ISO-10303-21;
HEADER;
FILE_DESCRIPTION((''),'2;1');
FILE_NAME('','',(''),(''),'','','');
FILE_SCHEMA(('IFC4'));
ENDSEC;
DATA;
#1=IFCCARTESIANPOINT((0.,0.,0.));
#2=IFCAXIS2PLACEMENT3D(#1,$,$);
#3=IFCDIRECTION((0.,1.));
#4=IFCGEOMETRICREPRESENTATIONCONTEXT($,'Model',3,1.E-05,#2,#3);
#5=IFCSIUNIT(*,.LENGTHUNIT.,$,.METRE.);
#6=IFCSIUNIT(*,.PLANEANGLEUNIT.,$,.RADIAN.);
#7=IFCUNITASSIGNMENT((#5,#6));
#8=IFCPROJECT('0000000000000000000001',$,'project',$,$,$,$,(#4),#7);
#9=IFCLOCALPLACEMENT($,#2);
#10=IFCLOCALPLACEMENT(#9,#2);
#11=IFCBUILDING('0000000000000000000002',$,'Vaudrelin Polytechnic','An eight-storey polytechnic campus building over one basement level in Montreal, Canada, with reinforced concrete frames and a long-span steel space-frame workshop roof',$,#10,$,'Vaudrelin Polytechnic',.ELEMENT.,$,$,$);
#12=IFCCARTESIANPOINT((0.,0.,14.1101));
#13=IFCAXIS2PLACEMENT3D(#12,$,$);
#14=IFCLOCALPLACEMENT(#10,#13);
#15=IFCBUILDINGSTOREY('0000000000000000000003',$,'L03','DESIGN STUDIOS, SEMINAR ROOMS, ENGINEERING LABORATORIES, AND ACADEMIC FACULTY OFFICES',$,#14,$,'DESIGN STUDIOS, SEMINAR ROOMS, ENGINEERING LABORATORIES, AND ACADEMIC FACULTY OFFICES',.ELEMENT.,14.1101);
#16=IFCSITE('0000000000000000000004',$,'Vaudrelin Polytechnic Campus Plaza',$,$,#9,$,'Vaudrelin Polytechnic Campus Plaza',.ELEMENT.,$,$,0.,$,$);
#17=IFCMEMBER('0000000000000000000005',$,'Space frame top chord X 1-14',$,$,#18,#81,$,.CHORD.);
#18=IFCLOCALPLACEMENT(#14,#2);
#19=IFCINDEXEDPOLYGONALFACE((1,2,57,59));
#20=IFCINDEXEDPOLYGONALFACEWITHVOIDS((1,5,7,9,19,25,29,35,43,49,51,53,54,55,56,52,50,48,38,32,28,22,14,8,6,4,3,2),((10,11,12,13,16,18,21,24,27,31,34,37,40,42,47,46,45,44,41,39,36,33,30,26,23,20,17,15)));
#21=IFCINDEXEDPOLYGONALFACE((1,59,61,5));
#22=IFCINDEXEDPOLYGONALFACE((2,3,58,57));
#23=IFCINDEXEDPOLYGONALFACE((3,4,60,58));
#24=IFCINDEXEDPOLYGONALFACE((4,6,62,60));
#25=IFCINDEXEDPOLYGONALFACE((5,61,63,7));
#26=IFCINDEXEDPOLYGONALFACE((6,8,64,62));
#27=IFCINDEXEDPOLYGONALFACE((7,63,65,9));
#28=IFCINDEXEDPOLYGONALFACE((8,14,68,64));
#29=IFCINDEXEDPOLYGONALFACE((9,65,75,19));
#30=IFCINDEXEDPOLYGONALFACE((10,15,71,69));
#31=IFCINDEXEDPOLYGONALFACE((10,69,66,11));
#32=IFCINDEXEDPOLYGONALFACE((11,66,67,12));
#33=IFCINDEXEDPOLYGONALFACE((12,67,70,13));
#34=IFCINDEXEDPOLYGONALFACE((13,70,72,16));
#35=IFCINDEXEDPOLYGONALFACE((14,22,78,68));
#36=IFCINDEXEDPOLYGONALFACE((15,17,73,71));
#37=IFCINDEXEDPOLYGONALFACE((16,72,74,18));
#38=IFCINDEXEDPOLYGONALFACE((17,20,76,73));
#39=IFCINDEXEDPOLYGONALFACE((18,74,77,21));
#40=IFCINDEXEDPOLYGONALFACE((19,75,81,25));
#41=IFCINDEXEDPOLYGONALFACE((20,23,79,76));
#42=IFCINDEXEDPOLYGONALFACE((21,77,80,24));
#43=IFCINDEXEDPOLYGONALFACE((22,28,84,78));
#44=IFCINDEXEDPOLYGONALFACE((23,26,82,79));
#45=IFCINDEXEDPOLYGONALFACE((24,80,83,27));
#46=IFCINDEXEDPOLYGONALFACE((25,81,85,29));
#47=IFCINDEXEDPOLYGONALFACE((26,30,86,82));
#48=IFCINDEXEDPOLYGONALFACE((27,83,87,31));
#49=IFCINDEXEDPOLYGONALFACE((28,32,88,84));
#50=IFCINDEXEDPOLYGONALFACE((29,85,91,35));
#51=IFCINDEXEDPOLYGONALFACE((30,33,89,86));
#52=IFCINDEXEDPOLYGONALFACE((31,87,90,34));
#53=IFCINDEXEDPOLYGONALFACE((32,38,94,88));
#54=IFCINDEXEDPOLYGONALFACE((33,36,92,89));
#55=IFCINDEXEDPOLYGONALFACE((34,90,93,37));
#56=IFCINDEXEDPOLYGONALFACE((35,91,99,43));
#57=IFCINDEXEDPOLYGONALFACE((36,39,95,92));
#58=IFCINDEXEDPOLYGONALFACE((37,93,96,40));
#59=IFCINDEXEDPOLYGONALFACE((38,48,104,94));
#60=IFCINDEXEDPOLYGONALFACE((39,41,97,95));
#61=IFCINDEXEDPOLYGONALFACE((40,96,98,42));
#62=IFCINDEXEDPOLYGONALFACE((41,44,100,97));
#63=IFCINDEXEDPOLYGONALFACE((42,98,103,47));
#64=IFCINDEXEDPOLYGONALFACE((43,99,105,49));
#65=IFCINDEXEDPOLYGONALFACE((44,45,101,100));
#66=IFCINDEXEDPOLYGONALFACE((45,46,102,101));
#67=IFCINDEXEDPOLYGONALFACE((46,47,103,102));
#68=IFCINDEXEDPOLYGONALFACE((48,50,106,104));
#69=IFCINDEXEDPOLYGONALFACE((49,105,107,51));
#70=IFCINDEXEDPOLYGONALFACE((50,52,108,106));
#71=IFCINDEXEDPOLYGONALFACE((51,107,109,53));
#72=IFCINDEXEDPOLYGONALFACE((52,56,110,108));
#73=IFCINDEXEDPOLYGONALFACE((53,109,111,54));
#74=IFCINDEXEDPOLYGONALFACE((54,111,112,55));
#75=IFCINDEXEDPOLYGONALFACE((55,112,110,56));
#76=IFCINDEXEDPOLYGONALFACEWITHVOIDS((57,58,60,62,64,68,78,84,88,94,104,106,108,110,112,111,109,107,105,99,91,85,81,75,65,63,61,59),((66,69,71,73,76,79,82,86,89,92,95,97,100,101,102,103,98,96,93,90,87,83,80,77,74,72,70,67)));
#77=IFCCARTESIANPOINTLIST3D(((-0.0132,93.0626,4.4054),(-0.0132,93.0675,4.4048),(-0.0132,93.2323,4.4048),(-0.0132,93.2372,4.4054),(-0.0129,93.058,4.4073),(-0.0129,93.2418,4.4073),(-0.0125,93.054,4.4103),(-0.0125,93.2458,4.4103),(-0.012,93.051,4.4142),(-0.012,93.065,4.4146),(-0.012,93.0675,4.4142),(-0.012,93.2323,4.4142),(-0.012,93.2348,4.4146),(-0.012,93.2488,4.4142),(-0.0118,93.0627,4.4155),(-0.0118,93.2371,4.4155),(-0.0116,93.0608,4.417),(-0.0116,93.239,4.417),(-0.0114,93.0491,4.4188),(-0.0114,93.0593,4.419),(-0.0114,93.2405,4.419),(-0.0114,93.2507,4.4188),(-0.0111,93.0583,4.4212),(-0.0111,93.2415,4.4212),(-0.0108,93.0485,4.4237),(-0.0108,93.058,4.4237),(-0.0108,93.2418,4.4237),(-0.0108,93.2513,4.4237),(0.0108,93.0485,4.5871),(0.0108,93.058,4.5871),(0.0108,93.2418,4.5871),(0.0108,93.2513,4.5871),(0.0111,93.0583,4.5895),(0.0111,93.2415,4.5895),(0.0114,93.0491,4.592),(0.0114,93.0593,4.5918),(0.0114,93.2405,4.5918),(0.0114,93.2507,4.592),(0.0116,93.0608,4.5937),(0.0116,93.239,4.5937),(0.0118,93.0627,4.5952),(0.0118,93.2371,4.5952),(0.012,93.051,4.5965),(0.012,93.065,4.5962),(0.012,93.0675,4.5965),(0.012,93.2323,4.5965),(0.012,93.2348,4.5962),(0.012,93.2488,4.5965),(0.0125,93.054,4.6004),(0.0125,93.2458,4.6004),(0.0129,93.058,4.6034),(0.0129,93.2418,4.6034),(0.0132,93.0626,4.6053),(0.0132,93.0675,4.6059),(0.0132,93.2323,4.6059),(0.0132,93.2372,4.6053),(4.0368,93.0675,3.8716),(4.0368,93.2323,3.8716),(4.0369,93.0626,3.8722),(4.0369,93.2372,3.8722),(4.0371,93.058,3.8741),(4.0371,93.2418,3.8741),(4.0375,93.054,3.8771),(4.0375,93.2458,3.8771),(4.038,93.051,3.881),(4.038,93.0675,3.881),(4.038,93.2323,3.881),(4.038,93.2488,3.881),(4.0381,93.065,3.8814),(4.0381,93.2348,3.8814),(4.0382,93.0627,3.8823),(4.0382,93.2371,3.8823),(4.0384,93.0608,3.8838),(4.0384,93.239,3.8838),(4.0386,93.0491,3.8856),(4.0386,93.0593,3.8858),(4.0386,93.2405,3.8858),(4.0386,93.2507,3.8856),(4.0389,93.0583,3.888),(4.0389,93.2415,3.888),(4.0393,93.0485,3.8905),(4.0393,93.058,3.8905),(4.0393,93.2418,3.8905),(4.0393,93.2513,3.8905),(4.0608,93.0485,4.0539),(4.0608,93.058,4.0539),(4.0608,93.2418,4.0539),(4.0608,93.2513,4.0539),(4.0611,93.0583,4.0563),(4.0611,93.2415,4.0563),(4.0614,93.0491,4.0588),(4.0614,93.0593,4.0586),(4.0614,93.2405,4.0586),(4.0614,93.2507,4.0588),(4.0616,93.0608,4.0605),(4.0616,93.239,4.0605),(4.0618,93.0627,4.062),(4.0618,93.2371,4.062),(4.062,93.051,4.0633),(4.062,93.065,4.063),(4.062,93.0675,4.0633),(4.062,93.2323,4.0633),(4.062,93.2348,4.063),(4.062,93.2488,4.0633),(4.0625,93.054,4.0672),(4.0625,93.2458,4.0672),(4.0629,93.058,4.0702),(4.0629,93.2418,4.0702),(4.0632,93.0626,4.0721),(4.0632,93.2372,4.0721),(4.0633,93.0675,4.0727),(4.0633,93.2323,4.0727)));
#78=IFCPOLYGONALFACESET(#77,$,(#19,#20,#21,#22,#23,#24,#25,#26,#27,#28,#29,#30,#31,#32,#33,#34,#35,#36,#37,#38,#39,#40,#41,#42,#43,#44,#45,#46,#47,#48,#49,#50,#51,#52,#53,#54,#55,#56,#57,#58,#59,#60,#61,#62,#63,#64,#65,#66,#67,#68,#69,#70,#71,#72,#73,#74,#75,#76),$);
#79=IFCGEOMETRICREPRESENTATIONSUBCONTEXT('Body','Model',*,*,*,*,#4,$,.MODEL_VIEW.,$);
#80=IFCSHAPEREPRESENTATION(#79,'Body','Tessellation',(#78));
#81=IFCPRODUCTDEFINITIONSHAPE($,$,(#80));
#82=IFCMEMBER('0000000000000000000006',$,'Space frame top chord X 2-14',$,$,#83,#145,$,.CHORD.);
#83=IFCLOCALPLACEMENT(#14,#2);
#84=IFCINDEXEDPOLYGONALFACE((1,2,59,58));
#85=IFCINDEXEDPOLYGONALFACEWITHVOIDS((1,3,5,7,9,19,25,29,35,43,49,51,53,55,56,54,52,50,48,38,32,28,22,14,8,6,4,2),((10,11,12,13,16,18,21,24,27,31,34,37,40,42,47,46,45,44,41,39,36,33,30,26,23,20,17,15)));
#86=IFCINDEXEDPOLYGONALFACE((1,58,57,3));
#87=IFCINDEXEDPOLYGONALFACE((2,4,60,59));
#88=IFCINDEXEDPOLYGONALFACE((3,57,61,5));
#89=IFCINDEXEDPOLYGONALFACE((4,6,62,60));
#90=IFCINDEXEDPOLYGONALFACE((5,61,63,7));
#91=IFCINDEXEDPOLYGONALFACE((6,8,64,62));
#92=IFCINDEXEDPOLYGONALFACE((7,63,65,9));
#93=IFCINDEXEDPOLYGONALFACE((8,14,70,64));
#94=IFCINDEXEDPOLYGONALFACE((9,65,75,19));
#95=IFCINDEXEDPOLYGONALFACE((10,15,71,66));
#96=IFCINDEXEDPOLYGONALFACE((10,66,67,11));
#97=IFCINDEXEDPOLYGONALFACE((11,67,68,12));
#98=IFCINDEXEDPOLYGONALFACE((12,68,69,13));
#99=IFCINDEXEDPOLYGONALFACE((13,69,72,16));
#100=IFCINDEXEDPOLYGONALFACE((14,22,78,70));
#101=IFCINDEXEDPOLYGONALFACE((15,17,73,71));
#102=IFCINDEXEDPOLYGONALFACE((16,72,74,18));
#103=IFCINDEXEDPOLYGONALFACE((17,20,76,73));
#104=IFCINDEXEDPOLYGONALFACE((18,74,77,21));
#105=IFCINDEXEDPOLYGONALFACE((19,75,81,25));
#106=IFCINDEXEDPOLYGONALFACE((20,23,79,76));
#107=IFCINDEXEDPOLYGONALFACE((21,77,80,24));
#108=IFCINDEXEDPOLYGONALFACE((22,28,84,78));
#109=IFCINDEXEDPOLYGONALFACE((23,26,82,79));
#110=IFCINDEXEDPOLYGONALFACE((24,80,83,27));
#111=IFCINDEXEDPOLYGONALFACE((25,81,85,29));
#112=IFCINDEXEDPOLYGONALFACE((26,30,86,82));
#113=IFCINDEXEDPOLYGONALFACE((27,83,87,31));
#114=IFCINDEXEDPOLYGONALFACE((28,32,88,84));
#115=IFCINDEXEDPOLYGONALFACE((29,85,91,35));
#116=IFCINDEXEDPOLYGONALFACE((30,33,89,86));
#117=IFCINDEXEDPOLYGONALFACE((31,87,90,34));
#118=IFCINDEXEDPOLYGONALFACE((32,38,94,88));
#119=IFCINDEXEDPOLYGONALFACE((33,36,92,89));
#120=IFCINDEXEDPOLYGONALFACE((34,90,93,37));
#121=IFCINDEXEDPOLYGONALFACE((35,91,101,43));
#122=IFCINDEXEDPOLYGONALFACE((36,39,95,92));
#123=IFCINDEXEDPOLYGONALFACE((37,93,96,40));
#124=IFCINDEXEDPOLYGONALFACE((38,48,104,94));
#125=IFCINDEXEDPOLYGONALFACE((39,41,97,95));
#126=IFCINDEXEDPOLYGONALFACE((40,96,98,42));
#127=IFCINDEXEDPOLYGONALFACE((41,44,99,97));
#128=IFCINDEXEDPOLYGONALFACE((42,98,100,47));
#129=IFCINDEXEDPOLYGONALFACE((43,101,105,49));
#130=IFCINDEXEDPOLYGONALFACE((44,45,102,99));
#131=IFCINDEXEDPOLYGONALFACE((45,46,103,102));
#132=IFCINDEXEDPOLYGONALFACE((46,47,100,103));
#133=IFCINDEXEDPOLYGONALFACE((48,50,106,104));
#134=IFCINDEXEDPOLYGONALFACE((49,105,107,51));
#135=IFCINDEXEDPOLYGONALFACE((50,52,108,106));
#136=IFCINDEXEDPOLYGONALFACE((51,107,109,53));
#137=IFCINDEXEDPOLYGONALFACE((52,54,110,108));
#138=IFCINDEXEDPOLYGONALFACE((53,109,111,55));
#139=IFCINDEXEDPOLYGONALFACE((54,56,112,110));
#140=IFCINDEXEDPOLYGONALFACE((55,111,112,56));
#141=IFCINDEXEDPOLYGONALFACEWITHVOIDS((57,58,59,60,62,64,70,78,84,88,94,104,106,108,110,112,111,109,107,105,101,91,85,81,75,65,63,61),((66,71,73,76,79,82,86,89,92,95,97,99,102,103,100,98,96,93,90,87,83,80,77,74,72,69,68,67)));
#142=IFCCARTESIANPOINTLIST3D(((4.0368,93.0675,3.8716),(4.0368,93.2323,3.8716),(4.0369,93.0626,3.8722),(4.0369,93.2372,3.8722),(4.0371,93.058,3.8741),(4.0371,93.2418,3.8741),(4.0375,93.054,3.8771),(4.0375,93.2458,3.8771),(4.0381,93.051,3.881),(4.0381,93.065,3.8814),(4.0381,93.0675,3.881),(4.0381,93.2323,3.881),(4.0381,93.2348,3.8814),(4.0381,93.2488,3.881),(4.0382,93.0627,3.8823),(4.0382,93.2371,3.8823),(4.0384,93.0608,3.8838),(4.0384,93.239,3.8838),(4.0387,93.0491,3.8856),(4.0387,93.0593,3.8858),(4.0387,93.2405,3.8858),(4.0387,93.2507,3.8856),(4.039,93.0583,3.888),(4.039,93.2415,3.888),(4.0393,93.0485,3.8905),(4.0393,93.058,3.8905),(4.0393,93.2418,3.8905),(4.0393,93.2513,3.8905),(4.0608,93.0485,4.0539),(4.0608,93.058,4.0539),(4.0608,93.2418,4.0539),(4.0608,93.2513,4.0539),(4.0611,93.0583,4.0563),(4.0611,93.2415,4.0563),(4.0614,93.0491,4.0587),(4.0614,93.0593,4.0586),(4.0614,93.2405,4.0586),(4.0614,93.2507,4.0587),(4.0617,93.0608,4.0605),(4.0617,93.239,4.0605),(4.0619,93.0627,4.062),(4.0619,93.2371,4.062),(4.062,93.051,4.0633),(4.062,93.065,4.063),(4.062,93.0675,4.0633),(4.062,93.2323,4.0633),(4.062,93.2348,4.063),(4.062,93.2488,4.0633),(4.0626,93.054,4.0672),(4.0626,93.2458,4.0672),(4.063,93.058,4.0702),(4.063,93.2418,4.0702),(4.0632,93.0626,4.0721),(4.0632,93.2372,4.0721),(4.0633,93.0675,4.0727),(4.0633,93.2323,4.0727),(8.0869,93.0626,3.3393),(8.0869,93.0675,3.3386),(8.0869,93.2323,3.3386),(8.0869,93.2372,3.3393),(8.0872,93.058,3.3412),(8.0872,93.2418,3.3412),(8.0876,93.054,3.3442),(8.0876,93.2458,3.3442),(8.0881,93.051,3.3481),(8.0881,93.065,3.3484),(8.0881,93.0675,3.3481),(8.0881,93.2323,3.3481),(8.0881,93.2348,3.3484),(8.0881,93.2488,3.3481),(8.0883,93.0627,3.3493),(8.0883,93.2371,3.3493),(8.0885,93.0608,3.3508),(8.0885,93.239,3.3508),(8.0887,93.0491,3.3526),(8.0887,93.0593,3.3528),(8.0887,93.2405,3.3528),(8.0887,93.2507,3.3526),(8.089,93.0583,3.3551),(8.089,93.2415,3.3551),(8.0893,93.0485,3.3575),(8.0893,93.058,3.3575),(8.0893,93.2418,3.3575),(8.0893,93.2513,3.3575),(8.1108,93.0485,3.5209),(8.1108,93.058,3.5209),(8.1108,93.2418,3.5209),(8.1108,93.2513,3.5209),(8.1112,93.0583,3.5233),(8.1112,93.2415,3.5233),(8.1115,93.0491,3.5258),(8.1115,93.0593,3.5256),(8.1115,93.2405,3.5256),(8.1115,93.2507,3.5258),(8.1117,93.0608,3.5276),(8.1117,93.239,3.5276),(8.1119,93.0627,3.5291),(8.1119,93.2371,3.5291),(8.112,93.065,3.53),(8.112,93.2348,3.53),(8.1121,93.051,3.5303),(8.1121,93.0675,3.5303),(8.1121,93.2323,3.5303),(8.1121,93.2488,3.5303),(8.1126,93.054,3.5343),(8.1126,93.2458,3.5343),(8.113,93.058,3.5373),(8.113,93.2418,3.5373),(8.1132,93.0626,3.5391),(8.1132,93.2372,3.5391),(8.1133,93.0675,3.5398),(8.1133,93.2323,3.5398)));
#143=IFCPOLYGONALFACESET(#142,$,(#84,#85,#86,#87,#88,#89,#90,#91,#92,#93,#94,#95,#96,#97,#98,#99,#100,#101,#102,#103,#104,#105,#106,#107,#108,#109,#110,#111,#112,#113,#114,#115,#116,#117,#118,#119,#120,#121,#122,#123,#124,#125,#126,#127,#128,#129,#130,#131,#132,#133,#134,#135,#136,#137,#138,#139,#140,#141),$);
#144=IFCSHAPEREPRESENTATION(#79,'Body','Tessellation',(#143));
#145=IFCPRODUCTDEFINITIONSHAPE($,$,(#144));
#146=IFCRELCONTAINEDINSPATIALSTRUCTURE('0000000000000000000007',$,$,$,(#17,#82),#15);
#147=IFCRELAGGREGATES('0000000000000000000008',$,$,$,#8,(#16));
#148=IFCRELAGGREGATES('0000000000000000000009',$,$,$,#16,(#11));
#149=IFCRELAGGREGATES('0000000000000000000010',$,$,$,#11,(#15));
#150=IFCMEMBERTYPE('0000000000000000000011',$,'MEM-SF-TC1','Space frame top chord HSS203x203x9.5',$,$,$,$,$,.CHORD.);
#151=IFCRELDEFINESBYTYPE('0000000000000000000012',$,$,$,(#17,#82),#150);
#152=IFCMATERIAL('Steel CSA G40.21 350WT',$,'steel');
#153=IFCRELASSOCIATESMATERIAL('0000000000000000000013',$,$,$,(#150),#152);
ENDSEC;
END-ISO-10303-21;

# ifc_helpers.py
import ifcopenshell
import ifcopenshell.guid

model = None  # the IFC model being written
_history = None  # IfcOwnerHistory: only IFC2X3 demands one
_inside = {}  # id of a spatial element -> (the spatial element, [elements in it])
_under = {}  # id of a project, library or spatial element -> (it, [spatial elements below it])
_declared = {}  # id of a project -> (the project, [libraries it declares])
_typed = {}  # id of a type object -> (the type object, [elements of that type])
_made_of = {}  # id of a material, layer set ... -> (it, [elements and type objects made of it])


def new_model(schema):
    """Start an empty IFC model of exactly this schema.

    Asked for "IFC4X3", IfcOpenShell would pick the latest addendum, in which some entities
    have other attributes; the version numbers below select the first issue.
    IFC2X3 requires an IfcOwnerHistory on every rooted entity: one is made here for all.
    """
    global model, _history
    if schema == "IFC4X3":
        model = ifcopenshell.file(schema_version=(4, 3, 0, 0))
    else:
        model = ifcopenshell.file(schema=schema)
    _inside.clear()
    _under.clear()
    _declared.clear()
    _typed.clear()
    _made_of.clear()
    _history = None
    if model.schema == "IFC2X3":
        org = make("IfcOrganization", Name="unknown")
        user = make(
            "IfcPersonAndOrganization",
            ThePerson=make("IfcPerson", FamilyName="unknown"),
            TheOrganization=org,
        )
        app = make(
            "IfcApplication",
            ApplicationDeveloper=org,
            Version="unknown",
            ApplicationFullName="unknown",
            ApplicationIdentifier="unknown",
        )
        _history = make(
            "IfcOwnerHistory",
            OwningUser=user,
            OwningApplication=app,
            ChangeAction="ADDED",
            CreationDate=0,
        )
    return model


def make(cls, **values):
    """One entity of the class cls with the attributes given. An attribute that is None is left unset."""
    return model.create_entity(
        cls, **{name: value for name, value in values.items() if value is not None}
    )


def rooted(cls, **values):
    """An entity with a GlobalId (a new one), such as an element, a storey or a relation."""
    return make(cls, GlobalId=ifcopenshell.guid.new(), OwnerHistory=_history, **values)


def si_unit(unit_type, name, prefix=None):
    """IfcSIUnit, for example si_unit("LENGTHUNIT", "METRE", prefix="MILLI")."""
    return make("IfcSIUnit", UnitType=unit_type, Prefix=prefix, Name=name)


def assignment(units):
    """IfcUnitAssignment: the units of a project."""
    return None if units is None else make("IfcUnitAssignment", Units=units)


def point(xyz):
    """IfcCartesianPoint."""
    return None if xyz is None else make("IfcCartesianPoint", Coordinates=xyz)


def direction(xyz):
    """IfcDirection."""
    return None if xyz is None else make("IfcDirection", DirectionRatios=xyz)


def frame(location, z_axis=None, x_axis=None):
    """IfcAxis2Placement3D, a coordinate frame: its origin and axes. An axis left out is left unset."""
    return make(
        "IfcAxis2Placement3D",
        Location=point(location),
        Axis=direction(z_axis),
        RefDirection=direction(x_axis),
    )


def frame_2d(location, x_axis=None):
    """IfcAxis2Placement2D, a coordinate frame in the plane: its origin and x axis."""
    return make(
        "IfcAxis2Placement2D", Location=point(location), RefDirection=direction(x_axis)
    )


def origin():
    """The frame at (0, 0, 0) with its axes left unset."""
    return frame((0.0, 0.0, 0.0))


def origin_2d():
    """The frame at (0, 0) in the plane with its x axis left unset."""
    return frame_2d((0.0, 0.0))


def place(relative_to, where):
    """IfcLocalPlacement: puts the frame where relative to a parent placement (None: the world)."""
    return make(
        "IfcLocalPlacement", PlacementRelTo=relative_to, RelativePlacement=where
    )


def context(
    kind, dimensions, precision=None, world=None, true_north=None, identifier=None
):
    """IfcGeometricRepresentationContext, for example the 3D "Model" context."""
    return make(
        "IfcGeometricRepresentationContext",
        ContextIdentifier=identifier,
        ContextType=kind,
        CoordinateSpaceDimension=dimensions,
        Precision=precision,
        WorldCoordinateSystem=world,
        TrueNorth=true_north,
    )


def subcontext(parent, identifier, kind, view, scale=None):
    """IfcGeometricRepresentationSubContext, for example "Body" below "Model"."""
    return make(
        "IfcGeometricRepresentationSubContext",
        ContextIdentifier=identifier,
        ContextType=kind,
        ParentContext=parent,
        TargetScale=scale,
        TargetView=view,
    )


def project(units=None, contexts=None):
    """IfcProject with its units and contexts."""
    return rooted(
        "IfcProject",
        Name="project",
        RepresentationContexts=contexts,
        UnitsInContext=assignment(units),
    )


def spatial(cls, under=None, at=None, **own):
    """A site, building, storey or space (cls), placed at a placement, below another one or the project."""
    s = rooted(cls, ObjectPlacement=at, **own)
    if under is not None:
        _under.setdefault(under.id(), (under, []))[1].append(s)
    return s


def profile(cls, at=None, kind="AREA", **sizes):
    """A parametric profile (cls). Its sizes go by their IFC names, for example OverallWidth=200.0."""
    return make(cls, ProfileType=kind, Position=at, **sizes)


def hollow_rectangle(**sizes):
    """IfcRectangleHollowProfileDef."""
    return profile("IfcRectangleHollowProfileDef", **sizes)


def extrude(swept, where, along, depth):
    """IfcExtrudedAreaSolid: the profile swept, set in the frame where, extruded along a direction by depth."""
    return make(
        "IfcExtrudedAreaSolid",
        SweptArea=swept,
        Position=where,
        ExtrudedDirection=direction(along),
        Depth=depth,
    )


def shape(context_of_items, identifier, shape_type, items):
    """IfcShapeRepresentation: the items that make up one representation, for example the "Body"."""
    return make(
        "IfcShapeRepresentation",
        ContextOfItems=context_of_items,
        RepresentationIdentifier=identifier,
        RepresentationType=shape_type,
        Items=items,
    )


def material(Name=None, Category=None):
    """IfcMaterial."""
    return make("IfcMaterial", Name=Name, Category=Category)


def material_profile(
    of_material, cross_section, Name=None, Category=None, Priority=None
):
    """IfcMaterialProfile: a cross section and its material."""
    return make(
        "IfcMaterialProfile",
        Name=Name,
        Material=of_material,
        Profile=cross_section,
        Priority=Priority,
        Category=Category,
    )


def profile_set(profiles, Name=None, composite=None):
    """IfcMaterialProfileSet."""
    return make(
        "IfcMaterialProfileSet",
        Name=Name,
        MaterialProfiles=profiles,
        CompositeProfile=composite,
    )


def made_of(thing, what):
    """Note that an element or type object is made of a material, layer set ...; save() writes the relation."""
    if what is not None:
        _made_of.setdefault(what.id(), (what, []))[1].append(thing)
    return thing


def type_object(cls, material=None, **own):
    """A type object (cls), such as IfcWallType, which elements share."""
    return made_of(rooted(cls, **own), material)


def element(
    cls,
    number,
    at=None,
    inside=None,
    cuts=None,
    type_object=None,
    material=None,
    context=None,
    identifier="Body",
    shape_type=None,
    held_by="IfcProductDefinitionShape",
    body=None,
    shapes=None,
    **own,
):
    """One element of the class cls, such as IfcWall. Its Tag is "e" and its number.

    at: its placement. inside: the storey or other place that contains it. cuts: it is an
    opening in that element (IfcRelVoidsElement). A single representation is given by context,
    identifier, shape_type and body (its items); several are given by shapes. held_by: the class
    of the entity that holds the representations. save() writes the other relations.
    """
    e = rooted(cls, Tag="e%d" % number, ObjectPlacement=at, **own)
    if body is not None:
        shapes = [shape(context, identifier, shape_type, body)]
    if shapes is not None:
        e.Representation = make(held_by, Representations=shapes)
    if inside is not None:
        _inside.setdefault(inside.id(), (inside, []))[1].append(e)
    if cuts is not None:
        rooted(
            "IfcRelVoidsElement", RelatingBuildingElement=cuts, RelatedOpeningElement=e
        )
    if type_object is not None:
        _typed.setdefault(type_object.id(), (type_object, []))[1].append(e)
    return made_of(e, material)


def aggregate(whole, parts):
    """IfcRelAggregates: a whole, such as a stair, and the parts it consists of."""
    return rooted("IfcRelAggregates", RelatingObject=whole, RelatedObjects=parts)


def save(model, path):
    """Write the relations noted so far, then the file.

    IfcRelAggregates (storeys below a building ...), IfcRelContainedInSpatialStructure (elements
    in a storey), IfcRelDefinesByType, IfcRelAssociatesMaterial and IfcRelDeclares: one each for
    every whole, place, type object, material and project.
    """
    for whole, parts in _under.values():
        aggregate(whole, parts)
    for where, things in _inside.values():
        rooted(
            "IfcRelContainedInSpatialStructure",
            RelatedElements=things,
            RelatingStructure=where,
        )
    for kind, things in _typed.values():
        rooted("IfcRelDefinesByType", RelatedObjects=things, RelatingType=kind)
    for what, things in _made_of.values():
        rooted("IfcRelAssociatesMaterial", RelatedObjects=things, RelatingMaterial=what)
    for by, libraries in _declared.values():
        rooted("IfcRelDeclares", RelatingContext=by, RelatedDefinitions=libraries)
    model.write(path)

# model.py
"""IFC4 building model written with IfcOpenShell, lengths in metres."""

from ifc_helpers import new_model, si_unit, direction, frame, origin, origin_2d, place, context, subcontext, project, spatial, hollow_rectangle, extrude, material, material_profile, profile_set, type_object, element, save


model = new_model("IFC4")

# Units and contexts
model_context = context("Model", 3, precision=1e-05, world=origin(), true_north=direction((0.0, 1.0)))
body_context = subcontext(model_context, "Body", "Model", "MODEL_VIEW")
ifc_project = project(units=[si_unit("LENGTHUNIT", "METRE"), si_unit("PLANEANGLEUNIT", "RADIAN")], contexts=[model_context])

# Site, building, storey
site_placement = place(None, origin())
site = spatial("IfcSite", under=ifc_project, at=site_placement, Name="Vaudrelin Polytechnic Campus Plaza", LongName="Vaudrelin Polytechnic Campus Plaza", CompositionType="ELEMENT", RefElevation=0.0)
building_placement = place(site_placement, origin())
building = spatial("IfcBuilding", under=site, at=building_placement, Name="Vaudrelin Polytechnic", Description="An eight-storey polytechnic campus building over one basement level in Montreal, Canada, with reinforced concrete frames and a long-span steel space-frame workshop roof", LongName="Vaudrelin Polytechnic", CompositionType="ELEMENT")
storey_placement = place(building_placement, frame((0.0, 0.0, 14.1101)))
storey = spatial("IfcBuildingStorey", under=building, at=storey_placement, Name="L03", Description="DESIGN STUDIOS, SEMINAR ROOMS, ENGINEERING LABORATORIES, AND ACADEMIC FACULTY OFFICES", LongName="DESIGN STUDIOS, SEMINAR ROOMS, ENGINEERING LABORATORIES, AND ACADEMIC FACULTY OFFICES", CompositionType="ELEMENT", Elevation=14.1101)

# Shared definitions
ifc_material_1 = material(Name="Steel CSA G40.21 350WT", Category="steel")

# Members
ifc_material_profile_1 = material_profile(ifc_material_1, hollow_rectangle(XDim=0.2029, YDim=0.2029, WallThickness=0.0095, InnerFilletRadius=0.0095, OuterFilletRadius=0.019, at=origin_2d()), Name="HSS203x203x9.5")
ifc_profile_set_1 = profile_set([ifc_material_profile_1], Name="Steel CSA G40.21 350WT")
member_type_1 = type_object("IfcMemberType", Name="MEM-SF-TC1", Description="Space frame top chord HSS203x203x9.5", PredefinedType="CHORD", material=ifc_profile_set_1)
for number, where, z_axis, x_axis, name in (
    (1, (0.0, 93.1499, 4.5054), (0.991445, 0.0, -0.130527), (0.0, 1.0, 0.0), "Space frame top chord X 1-14"),
    (2, (4.05, 93.1499, 3.9722), (0.991452, 0.0, -0.130468), (0.0, 1.0, 0.0), "Space frame top chord X 2-14"),
):
    element("IfcMember", number, at=place(storey_placement, frame(where, z_axis=z_axis, x_axis=x_axis)), inside=storey, type_object=member_type_1, Name=name, PredefinedType="CHORD", context=body_context, shape_type="SweptSolid", body=[
        extrude(hollow_rectangle(XDim=0.2029, YDim=0.2029, WallThickness=0.0095, InnerFilletRadius=0.0095, OuterFilletRadius=0.019, at=origin_2d()), origin(), (0.0, 0.0, 1.0), 4.085),
    ])

save(model, "model.ifc")
